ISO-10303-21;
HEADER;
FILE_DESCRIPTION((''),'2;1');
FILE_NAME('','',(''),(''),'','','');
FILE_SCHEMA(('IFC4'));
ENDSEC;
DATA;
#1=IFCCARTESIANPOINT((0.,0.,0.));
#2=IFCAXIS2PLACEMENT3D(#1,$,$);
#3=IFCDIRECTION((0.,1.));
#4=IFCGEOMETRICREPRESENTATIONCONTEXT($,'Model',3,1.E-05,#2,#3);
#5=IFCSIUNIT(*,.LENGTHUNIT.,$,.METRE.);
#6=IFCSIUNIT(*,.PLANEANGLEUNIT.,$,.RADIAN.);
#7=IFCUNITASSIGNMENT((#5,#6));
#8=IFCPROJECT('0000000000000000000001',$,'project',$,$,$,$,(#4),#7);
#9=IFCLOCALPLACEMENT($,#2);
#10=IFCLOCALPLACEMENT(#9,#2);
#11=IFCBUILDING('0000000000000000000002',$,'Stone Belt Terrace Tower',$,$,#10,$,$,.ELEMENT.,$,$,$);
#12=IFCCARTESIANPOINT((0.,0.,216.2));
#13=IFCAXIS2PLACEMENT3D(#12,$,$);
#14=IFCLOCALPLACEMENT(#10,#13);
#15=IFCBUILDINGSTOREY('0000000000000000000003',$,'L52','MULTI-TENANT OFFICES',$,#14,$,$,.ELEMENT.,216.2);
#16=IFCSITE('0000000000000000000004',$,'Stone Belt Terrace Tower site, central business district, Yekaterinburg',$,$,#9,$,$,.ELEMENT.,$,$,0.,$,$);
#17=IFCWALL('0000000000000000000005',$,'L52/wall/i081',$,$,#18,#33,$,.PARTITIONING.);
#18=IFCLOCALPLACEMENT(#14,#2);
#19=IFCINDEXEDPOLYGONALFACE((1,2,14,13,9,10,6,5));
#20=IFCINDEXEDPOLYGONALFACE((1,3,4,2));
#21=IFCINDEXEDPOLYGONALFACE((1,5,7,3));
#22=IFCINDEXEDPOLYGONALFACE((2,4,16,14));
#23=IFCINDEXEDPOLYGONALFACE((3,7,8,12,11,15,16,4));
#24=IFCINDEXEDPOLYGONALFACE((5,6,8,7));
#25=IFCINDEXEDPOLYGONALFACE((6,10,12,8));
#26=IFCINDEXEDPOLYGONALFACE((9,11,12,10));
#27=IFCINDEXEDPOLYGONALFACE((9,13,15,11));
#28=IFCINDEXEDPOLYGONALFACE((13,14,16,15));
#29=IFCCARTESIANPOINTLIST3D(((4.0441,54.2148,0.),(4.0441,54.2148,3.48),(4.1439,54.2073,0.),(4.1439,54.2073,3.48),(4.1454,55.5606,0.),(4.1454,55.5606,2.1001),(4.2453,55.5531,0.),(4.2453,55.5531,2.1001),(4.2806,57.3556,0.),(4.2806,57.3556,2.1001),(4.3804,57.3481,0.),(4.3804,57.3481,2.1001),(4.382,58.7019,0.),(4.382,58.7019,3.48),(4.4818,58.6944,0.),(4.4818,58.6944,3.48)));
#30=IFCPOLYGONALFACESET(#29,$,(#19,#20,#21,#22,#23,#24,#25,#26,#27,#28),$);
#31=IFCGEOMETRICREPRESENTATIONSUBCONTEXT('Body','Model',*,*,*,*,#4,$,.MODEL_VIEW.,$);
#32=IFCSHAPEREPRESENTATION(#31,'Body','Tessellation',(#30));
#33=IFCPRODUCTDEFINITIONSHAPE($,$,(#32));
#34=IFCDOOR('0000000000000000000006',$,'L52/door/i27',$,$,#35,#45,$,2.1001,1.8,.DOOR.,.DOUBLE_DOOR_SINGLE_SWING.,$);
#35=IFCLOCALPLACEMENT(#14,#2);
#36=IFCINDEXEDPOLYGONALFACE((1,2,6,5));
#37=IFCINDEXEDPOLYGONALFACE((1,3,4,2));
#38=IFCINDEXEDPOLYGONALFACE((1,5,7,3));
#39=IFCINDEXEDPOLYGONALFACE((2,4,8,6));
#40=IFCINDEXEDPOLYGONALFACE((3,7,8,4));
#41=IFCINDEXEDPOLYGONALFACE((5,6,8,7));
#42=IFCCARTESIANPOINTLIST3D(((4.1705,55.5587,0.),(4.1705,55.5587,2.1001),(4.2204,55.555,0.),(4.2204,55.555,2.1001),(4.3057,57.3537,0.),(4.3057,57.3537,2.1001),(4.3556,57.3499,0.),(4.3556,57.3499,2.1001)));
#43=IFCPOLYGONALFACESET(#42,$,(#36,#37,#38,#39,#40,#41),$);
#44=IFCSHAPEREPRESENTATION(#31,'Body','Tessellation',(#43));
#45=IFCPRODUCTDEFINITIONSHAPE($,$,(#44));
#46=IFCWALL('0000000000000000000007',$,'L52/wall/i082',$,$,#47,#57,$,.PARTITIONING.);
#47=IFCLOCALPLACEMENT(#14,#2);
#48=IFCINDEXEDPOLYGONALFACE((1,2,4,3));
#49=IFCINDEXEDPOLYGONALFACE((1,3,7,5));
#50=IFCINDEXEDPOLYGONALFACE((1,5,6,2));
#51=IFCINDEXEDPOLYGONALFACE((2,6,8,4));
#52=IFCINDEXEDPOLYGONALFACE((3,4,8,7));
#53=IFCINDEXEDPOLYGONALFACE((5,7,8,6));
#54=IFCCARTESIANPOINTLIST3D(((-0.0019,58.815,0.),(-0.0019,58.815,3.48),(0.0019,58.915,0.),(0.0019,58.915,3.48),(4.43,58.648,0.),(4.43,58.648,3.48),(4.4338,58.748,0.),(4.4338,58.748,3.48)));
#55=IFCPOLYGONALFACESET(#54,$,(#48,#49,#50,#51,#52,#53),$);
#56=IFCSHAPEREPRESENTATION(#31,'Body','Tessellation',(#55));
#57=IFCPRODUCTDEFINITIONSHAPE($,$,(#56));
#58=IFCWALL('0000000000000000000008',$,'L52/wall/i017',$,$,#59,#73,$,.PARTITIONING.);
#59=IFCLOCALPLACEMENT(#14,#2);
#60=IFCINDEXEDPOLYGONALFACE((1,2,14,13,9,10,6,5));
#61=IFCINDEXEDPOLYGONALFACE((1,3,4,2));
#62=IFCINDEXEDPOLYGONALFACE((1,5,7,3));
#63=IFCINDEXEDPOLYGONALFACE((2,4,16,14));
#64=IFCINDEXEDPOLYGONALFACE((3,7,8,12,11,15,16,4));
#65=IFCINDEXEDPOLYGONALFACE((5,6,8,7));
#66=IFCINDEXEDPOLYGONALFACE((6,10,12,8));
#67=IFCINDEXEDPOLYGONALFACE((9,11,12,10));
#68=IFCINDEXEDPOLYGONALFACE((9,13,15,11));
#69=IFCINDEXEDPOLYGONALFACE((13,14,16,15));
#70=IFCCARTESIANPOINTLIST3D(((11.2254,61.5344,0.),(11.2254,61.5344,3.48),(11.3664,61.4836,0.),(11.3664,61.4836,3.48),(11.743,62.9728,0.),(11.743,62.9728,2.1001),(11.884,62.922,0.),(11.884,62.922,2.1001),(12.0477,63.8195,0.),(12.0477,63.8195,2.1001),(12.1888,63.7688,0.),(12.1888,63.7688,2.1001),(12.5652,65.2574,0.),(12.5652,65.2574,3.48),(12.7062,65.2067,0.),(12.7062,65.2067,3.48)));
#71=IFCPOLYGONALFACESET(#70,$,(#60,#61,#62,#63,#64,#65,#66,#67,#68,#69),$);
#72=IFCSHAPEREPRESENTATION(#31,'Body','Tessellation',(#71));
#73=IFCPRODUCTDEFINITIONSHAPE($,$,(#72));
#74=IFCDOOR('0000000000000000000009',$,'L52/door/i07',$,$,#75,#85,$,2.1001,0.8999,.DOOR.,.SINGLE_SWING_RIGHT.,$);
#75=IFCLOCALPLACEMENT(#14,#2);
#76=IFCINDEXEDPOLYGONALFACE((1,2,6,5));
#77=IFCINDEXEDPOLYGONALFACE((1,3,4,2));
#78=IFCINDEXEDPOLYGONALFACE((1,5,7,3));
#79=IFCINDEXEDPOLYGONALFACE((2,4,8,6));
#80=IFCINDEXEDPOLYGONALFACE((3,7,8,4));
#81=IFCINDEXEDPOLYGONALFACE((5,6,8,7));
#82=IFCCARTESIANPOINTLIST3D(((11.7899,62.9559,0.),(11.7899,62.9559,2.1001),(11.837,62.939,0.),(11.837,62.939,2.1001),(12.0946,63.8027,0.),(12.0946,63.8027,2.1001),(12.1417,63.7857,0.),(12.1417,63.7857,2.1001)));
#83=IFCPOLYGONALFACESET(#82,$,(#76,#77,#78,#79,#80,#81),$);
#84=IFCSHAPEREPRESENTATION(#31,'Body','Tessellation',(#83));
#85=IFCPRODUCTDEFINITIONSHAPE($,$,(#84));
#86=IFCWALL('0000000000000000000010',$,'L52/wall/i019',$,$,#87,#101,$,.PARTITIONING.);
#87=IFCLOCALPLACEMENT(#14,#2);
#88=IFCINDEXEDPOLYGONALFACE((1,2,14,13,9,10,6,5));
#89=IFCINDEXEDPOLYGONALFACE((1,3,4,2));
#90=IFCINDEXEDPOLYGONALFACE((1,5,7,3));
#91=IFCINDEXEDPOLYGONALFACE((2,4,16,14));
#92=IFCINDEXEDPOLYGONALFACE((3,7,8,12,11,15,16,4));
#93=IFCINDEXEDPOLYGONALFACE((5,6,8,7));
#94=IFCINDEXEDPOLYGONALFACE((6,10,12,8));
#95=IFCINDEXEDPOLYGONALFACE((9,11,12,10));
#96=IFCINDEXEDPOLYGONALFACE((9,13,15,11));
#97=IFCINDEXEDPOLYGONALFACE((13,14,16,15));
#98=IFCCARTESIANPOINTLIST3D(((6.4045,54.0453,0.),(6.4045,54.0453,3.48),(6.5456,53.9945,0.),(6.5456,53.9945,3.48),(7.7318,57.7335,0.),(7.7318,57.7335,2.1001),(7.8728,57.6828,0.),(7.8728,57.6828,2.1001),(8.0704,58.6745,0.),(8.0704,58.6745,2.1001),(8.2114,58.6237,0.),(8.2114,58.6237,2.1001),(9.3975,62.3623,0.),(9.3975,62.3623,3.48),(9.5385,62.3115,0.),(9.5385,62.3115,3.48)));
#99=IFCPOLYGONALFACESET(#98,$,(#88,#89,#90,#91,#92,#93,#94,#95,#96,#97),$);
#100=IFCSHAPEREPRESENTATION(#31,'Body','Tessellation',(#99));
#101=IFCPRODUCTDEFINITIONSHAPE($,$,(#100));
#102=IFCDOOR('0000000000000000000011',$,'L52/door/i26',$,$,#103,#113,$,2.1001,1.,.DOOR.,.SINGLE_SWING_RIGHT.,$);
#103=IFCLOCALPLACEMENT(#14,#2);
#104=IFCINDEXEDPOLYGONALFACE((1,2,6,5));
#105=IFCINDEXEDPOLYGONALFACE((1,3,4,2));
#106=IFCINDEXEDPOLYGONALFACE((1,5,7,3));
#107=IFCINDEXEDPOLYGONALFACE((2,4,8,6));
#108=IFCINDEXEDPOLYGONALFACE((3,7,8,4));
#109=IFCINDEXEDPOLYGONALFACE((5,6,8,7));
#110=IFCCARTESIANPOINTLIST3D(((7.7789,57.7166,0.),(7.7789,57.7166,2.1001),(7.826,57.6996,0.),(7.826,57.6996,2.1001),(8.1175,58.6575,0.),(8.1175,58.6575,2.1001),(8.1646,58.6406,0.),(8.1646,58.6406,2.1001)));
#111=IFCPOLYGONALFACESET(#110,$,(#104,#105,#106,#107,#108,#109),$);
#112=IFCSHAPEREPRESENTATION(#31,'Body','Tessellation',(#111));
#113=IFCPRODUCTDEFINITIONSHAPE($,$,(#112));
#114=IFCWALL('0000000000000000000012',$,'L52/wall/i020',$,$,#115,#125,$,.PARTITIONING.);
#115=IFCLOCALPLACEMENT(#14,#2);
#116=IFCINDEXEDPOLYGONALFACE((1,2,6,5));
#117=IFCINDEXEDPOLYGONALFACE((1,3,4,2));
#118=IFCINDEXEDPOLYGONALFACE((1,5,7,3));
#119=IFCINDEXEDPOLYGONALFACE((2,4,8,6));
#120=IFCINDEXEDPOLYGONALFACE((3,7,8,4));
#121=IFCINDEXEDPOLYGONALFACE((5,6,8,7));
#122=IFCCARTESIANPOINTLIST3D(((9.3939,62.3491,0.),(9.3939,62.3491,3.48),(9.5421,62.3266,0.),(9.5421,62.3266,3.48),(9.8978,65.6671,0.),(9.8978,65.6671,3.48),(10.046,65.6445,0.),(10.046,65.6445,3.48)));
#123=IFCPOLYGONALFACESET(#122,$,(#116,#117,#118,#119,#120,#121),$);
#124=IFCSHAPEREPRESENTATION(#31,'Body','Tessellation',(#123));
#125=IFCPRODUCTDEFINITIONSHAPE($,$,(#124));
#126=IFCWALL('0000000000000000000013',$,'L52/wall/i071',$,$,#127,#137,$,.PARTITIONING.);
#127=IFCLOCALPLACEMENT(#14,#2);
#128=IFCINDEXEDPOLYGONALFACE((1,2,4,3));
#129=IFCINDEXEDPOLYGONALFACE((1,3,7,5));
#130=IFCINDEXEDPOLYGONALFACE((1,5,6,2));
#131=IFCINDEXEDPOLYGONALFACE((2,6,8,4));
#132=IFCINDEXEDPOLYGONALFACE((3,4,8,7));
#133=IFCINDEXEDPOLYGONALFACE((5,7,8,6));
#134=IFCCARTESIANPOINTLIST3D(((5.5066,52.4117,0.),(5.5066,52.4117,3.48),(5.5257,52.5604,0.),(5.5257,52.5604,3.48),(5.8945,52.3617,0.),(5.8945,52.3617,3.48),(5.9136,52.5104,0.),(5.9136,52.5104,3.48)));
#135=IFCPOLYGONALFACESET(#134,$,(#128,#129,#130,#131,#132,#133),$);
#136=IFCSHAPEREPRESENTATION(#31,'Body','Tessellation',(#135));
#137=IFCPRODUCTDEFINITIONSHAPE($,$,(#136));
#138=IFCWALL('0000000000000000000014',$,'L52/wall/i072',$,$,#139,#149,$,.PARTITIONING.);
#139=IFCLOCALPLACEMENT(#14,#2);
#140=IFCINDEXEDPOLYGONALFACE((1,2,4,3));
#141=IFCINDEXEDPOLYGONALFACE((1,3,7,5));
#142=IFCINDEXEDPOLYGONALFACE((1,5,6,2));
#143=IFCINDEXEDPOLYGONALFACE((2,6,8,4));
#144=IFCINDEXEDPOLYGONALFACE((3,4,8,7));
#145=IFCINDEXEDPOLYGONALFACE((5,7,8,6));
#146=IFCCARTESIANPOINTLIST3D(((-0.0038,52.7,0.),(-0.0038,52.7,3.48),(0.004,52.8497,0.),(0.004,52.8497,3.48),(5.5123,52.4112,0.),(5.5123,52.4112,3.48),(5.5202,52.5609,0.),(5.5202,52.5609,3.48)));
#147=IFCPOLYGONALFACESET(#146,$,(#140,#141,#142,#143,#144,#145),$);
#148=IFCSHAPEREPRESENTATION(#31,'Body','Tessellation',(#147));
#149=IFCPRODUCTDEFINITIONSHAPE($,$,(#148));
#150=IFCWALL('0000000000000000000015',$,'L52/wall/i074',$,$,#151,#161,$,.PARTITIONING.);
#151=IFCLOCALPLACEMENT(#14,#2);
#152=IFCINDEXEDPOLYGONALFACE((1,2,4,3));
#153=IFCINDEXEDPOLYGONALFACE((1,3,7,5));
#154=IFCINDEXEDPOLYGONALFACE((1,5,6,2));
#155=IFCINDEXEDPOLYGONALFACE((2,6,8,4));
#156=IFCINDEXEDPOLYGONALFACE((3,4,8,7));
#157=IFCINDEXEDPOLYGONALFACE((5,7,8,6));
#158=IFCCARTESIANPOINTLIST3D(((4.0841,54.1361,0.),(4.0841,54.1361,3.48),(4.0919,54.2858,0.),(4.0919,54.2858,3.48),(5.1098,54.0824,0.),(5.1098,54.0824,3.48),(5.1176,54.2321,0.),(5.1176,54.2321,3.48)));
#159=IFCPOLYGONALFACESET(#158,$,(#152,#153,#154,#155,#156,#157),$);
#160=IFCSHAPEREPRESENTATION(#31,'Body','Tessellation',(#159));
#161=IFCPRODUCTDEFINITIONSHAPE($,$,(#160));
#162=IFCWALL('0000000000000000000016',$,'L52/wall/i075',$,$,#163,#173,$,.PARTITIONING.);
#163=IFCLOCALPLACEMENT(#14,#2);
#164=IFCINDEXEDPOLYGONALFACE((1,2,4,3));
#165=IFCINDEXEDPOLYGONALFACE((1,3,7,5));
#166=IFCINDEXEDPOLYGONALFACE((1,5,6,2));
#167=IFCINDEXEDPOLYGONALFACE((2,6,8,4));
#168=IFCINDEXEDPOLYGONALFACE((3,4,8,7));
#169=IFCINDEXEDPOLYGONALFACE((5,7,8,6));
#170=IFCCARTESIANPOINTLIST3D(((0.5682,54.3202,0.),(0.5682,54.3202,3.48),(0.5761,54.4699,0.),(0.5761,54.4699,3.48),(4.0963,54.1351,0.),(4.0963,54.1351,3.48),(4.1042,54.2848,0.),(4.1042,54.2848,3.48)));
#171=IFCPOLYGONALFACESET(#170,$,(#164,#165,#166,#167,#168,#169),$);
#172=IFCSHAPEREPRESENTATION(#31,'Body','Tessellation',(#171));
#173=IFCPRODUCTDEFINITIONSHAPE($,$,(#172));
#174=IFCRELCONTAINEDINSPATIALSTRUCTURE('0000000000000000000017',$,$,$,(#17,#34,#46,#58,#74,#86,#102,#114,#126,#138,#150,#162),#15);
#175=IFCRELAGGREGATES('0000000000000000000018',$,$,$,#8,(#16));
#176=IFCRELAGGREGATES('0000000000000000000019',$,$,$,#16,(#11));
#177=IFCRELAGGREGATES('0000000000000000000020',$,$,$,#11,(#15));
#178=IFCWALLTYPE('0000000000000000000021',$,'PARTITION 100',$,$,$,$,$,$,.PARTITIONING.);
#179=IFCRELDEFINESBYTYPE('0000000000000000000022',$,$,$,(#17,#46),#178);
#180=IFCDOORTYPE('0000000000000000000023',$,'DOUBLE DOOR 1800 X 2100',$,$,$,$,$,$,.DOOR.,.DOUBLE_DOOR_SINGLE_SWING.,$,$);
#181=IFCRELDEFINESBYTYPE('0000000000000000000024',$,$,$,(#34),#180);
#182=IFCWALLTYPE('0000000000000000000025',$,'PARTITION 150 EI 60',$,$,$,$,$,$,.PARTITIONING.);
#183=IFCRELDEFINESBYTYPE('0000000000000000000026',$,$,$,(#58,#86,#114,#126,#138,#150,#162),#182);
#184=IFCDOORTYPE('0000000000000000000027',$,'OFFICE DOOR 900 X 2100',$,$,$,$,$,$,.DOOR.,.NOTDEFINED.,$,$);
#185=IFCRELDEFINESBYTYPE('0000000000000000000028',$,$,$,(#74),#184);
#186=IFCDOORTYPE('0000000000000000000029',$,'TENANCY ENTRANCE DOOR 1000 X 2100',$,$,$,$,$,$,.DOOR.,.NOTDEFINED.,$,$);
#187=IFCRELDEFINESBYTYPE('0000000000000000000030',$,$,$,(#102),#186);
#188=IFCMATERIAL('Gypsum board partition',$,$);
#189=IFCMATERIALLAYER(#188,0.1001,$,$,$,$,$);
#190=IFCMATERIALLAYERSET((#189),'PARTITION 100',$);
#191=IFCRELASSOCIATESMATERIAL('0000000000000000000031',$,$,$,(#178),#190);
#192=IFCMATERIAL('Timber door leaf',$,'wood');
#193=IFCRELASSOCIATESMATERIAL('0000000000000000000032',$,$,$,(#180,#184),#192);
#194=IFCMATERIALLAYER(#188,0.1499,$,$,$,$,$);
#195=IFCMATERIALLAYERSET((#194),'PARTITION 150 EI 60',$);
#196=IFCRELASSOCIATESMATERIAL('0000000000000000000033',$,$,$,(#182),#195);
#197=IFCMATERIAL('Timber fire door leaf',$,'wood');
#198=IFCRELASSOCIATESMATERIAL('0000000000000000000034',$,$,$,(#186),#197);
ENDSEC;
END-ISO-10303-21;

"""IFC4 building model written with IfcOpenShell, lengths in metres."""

from ifc_helpers import new_model, si_unit, direction, frame, frame_2d, origin, place, context, subcontext, project, spatial, rectangle, extrude, material, layer, layer_set, type_object, element, fill, save


model = new_model("IFC4")

# Units and contexts
model_context = context("Model", 3, precision=1e-05, world=origin(), true_north=direction((0.0, 1.0)))
body_context = subcontext(model_context, "Body", "Model", "MODEL_VIEW")
ifc_project = project(units=[si_unit("LENGTHUNIT", "METRE"), si_unit("PLANEANGLEUNIT", "RADIAN")], contexts=[model_context])

# Site, building, storey
site_placement = place(None, origin())
site = spatial("IfcSite", under=ifc_project, at=site_placement, Name="Stone Belt Terrace Tower site, central business district, Yekaterinburg", CompositionType="ELEMENT", RefElevation=0.0)
building_placement = place(site_placement, origin())
building = spatial("IfcBuilding", under=site, at=building_placement, Name="Stone Belt Terrace Tower", CompositionType="ELEMENT")
storey_placement = place(building_placement, frame((0.0, 0.0, 216.2)))
storey = spatial("IfcBuildingStorey", under=building, at=storey_placement, Name="L52", Description="MULTI-TENANT OFFICES", CompositionType="ELEMENT", Elevation=216.2)

# Shared definitions
ifc_material_1 = material(Name="Timber door leaf", Category="wood")

# Wall, opening, door
ifc_material_2 = material(Name="Gypsum board partition")
ifc_layer_1 = layer(ifc_material_2, 0.1001)
ifc_layer_set_1 = layer_set([ifc_layer_1], Name="PARTITION 100")
wall_type_1 = type_object("IfcWallType", Name="PARTITION 100", PredefinedType="PARTITIONING", material=ifc_layer_set_1)
wall_1_placement = place(storey_placement, frame((4.094, 54.2109, 0.0), z_axis=(0.0, 0.0, 1.0), x_axis=(0.075091, 0.997177, 0.0)))
wall_1 = element("IfcWall", 1, at=wall_1_placement, inside=storey, type_object=wall_type_1, Name="L52/wall/i081", PredefinedType="PARTITIONING", context=body_context, shape_type="SweptSolid", body=[
    extrude(rectangle(XDim=4.4998, YDim=0.1001, at=frame_2d((2.25, 0.0))), origin(), (0.0, 0.0, 1.0), 3.48),
])
opening_1_placement = place(wall_1_placement, frame((1.3499, 0.0, 0.0)))
opening_1 = element("IfcOpeningElement", 2, at=opening_1_placement, cuts=wall_1, PredefinedType="OPENING", context=body_context, shape_type="SweptSolid", body=[
    extrude(rectangle(XDim=1.8, YDim=2.1001, at=frame_2d((0.8999, 1.05))), frame((0.0, 0.0601, 0.0), z_axis=(0.0, -1.0, 0.0), x_axis=(1.0, 0.0, 0.0)), (0.0, 0.0, 1.0), 0.1201),
])
door_type_1 = type_object("IfcDoorType", Name="DOUBLE DOOR 1800 X 2100", OperationType="DOUBLE_DOOR_SINGLE_SWING", PredefinedType="DOOR", material=ifc_material_1)
door_1_placement = place(opening_1_placement, origin())
door_1 = element("IfcDoor", 3, at=door_1_placement, inside=storey, type_object=door_type_1, Name="L52/door/i27", OperationType="DOUBLE_DOOR_SINGLE_SWING", OverallHeight=2.1001, OverallWidth=1.8, PredefinedType="DOOR", context=body_context, shape_type="SweptSolid", body=[
    extrude(rectangle(XDim=1.8, YDim=2.1001, at=frame_2d((0.8999, 1.05))), frame((0.0, 0.0249, 0.0), z_axis=(0.0, -1.0, 0.0), x_axis=(1.0, 0.0, 0.0)), (0.0, 0.0, 1.0), 0.05),
])
fill(opening_1, door_1)

# Wall
wall_2_placement = place(storey_placement, frame((4.4319, 58.698, 0.0), z_axis=(0.0, 0.0, 1.0), x_axis=(-0.999291, 0.037653, 0.0)))
element("IfcWall", 4, at=wall_2_placement, inside=storey, type_object=wall_type_1, Name="L52/wall/i082", PredefinedType="PARTITIONING", context=body_context, shape_type="SweptSolid", body=[
    extrude(rectangle(XDim=4.4351, YDim=0.1001, at=frame_2d((2.2175, 0.0))), origin(), (0.0, 0.0, 1.0), 3.48),
])

# Walls, openings, doors
ifc_layer_2 = layer(ifc_material_2, 0.1499)
ifc_layer_set_2 = layer_set([ifc_layer_2], Name="PARTITION 150 EI 60")
wall_type_2 = type_object("IfcWallType", Name="PARTITION 150 EI 60", PredefinedType="PARTITIONING", material=ifc_layer_set_2)
wall_3_placement = place(storey_placement, frame((12.6357, 65.2322, 0.0), z_axis=(0.0, 0.0, 1.0), x_axis=(-0.33861, -0.940927, 0.0)))
wall_3 = element("IfcWall", 5, at=wall_3_placement, inside=storey, type_object=wall_type_2, Name="L52/wall/i017", PredefinedType="PARTITIONING", context=body_context, shape_type="SweptSolid", body=[
    extrude(rectangle(XDim=3.9568, YDim=0.1499, at=frame_2d((1.9785, 0.0))), origin(), (0.0, 0.0, 1.0), 3.48),
])
opening_2_placement = place(wall_3_placement, frame((1.5283, 0.0, 0.0)))
opening_2 = element("IfcOpeningElement", 6, at=opening_2_placement, cuts=wall_3, PredefinedType="OPENING", context=body_context, shape_type="SweptSolid", body=[
    extrude(rectangle(XDim=0.8999, YDim=2.1001, at=frame_2d((0.45, 1.05))), frame((0.0, 0.085, 0.0), z_axis=(0.0, -1.0, 0.0), x_axis=(1.0, 0.0, 0.0)), (0.0, 0.0, 1.0), 0.1699),
])
door_type_2 = type_object("IfcDoorType", Name="OFFICE DOOR 900 X 2100", OperationType="NOTDEFINED", PredefinedType="DOOR", material=ifc_material_1)
door_2_placement = place(opening_2_placement, origin())
door_2 = element("IfcDoor", 7, at=door_2_placement, inside=storey, type_object=door_type_2, Name="L52/door/i07", OperationType="SINGLE_SWING_RIGHT", OverallHeight=2.1001, OverallWidth=0.8999, PredefinedType="DOOR", context=body_context, shape_type="SweptSolid", body=[
    extrude(rectangle(XDim=0.8999, YDim=2.1001, at=frame_2d((0.45, 1.05))), frame((0.0, 0.0249, 0.0), z_axis=(0.0, -1.0, 0.0), x_axis=(1.0, 0.0, 0.0)), (0.0, 0.0, 1.0), 0.05),
])
fill(opening_2, door_2)
wall_4_placement = place(storey_placement, frame((6.4751, 54.02, 0.0), z_axis=(0.0, 0.0, 1.0), x_axis=(0.338603, 0.940929, 0.0)))
wall_4 = element("IfcWall", 8, at=wall_4_placement, inside=storey, type_object=wall_type_2, Name="L52/wall/i019", PredefinedType="PARTITIONING", context=body_context, shape_type="SweptSolid", body=[
    extrude(rectangle(XDim=8.8391, YDim=0.1499, at=frame_2d((4.4194, 0.0))), origin(), (0.0, 0.0, 1.0), 3.48),
])
opening_3_placement = place(wall_4_placement, frame((3.9197, 0.0, 0.0)))
opening_3 = element("IfcOpeningElement", 9, at=opening_3_placement, cuts=wall_4, PredefinedType="OPENING", context=body_context, shape_type="SweptSolid", body=[
    extrude(rectangle(XDim=1.0, YDim=2.1001, at=frame_2d((0.5, 1.05))), frame((0.0, 0.085, 0.0), z_axis=(0.0, -1.0, 0.0), x_axis=(1.0, 0.0, 0.0)), (0.0, 0.0, 1.0), 0.1699),
])
ifc_material_3 = material(Name="Timber fire door leaf", Category="wood")
door_type_3 = type_object("IfcDoorType", Name="TENANCY ENTRANCE DOOR 1000 X 2100", OperationType="NOTDEFINED", PredefinedType="DOOR", material=ifc_material_3)
door_3_placement = place(opening_3_placement, origin())
door_3 = element("IfcDoor", 10, at=door_3_placement, inside=storey, type_object=door_type_3, Name="L52/door/i26", OperationType="SINGLE_SWING_RIGHT", OverallHeight=2.1001, OverallWidth=1.0, PredefinedType="DOOR", context=body_context, shape_type="SweptSolid", body=[
    extrude(rectangle(XDim=1.0, YDim=2.1001, at=frame_2d((0.5, 1.05))), frame((0.0, 0.0249, 0.0), z_axis=(0.0, -1.0, 0.0), x_axis=(1.0, 0.0, 0.0)), (0.0, 0.0, 1.0), 0.05),
])
fill(opening_3, door_3)

# Walls
wall_5_placement = place(storey_placement, frame((9.468, 62.3379, 0.0), z_axis=(0.0, 0.0, 1.0), x_axis=(0.150154, 0.988663, 0.0)))
element("IfcWall", 11, at=wall_5_placement, inside=storey, type_object=wall_type_2, Name="L52/wall/i020", PredefinedType="PARTITIONING", context=body_context, shape_type="SweptSolid", body=[
    extrude(rectangle(XDim=3.356, YDim=0.1499, at=frame_2d((1.678, 0.0))), origin(), (0.0, 0.0, 1.0), 3.48),
])
wall_6_placement = place(storey_placement, frame((5.9041, 52.436, 0.0), z_axis=(0.0, 0.0, 1.0), x_axis=(-0.99178, 0.127952, 0.0)))
element("IfcWall", 12, at=wall_6_placement, inside=storey, type_object=wall_type_2, Name="L52/wall/i071", PredefinedType="PARTITIONING", context=body_context, shape_type="SweptSolid", body=[
    extrude(rectangle(XDim=0.3911, YDim=0.1499, at=frame_2d((0.1956, 0.0))), origin(), (0.0, 0.0, 1.0), 3.48),
])
wall_7_placement = place(storey_placement, frame((5.5161, 52.4861, 0.0), z_axis=(0.0, 0.0, 1.0), x_axis=(-0.998632, 0.052287, 0.0)))
element("IfcWall", 13, at=wall_7_placement, inside=storey, type_object=wall_type_2, Name="L52/wall/i072", PredefinedType="PARTITIONING", context=body_context, shape_type="SweptSolid", body=[
    extrude(rectangle(XDim=5.5237, YDim=0.1499, at=frame_2d((2.7617, 0.0))), origin(), (0.0, 0.0, 1.0), 3.48),
])
wall_8_placement = place(storey_placement, frame((4.0879, 54.2109, 0.0), z_axis=(0.0, 0.0, 1.0), x_axis=(0.998632, -0.052297, 0.0)))
element("IfcWall", 14, at=wall_8_placement, inside=storey, type_object=wall_type_2, Name="L52/wall/i074", PredefinedType="PARTITIONING", context=body_context, shape_type="SweptSolid", body=[
    extrude(rectangle(XDim=1.0271, YDim=0.1499, at=frame_2d((0.5137, 0.0))), origin(), (0.0, 0.0, 1.0), 3.48),
])
wall_9_placement = place(storey_placement, frame((0.572, 54.395, 0.0), z_axis=(0.0, 0.0, 1.0), x_axis=(0.998627, -0.052381, 0.0)))
element("IfcWall", 15, at=wall_9_placement, inside=storey, type_object=wall_type_2, Name="L52/wall/i075", PredefinedType="PARTITIONING", context=body_context, shape_type="SweptSolid", body=[
    extrude(rectangle(XDim=3.533, YDim=0.1499, at=frame_2d((1.7666, 0.0))), origin(), (0.0, 0.0, 1.0), 3.48),
])

save(model, "model.ifc")
